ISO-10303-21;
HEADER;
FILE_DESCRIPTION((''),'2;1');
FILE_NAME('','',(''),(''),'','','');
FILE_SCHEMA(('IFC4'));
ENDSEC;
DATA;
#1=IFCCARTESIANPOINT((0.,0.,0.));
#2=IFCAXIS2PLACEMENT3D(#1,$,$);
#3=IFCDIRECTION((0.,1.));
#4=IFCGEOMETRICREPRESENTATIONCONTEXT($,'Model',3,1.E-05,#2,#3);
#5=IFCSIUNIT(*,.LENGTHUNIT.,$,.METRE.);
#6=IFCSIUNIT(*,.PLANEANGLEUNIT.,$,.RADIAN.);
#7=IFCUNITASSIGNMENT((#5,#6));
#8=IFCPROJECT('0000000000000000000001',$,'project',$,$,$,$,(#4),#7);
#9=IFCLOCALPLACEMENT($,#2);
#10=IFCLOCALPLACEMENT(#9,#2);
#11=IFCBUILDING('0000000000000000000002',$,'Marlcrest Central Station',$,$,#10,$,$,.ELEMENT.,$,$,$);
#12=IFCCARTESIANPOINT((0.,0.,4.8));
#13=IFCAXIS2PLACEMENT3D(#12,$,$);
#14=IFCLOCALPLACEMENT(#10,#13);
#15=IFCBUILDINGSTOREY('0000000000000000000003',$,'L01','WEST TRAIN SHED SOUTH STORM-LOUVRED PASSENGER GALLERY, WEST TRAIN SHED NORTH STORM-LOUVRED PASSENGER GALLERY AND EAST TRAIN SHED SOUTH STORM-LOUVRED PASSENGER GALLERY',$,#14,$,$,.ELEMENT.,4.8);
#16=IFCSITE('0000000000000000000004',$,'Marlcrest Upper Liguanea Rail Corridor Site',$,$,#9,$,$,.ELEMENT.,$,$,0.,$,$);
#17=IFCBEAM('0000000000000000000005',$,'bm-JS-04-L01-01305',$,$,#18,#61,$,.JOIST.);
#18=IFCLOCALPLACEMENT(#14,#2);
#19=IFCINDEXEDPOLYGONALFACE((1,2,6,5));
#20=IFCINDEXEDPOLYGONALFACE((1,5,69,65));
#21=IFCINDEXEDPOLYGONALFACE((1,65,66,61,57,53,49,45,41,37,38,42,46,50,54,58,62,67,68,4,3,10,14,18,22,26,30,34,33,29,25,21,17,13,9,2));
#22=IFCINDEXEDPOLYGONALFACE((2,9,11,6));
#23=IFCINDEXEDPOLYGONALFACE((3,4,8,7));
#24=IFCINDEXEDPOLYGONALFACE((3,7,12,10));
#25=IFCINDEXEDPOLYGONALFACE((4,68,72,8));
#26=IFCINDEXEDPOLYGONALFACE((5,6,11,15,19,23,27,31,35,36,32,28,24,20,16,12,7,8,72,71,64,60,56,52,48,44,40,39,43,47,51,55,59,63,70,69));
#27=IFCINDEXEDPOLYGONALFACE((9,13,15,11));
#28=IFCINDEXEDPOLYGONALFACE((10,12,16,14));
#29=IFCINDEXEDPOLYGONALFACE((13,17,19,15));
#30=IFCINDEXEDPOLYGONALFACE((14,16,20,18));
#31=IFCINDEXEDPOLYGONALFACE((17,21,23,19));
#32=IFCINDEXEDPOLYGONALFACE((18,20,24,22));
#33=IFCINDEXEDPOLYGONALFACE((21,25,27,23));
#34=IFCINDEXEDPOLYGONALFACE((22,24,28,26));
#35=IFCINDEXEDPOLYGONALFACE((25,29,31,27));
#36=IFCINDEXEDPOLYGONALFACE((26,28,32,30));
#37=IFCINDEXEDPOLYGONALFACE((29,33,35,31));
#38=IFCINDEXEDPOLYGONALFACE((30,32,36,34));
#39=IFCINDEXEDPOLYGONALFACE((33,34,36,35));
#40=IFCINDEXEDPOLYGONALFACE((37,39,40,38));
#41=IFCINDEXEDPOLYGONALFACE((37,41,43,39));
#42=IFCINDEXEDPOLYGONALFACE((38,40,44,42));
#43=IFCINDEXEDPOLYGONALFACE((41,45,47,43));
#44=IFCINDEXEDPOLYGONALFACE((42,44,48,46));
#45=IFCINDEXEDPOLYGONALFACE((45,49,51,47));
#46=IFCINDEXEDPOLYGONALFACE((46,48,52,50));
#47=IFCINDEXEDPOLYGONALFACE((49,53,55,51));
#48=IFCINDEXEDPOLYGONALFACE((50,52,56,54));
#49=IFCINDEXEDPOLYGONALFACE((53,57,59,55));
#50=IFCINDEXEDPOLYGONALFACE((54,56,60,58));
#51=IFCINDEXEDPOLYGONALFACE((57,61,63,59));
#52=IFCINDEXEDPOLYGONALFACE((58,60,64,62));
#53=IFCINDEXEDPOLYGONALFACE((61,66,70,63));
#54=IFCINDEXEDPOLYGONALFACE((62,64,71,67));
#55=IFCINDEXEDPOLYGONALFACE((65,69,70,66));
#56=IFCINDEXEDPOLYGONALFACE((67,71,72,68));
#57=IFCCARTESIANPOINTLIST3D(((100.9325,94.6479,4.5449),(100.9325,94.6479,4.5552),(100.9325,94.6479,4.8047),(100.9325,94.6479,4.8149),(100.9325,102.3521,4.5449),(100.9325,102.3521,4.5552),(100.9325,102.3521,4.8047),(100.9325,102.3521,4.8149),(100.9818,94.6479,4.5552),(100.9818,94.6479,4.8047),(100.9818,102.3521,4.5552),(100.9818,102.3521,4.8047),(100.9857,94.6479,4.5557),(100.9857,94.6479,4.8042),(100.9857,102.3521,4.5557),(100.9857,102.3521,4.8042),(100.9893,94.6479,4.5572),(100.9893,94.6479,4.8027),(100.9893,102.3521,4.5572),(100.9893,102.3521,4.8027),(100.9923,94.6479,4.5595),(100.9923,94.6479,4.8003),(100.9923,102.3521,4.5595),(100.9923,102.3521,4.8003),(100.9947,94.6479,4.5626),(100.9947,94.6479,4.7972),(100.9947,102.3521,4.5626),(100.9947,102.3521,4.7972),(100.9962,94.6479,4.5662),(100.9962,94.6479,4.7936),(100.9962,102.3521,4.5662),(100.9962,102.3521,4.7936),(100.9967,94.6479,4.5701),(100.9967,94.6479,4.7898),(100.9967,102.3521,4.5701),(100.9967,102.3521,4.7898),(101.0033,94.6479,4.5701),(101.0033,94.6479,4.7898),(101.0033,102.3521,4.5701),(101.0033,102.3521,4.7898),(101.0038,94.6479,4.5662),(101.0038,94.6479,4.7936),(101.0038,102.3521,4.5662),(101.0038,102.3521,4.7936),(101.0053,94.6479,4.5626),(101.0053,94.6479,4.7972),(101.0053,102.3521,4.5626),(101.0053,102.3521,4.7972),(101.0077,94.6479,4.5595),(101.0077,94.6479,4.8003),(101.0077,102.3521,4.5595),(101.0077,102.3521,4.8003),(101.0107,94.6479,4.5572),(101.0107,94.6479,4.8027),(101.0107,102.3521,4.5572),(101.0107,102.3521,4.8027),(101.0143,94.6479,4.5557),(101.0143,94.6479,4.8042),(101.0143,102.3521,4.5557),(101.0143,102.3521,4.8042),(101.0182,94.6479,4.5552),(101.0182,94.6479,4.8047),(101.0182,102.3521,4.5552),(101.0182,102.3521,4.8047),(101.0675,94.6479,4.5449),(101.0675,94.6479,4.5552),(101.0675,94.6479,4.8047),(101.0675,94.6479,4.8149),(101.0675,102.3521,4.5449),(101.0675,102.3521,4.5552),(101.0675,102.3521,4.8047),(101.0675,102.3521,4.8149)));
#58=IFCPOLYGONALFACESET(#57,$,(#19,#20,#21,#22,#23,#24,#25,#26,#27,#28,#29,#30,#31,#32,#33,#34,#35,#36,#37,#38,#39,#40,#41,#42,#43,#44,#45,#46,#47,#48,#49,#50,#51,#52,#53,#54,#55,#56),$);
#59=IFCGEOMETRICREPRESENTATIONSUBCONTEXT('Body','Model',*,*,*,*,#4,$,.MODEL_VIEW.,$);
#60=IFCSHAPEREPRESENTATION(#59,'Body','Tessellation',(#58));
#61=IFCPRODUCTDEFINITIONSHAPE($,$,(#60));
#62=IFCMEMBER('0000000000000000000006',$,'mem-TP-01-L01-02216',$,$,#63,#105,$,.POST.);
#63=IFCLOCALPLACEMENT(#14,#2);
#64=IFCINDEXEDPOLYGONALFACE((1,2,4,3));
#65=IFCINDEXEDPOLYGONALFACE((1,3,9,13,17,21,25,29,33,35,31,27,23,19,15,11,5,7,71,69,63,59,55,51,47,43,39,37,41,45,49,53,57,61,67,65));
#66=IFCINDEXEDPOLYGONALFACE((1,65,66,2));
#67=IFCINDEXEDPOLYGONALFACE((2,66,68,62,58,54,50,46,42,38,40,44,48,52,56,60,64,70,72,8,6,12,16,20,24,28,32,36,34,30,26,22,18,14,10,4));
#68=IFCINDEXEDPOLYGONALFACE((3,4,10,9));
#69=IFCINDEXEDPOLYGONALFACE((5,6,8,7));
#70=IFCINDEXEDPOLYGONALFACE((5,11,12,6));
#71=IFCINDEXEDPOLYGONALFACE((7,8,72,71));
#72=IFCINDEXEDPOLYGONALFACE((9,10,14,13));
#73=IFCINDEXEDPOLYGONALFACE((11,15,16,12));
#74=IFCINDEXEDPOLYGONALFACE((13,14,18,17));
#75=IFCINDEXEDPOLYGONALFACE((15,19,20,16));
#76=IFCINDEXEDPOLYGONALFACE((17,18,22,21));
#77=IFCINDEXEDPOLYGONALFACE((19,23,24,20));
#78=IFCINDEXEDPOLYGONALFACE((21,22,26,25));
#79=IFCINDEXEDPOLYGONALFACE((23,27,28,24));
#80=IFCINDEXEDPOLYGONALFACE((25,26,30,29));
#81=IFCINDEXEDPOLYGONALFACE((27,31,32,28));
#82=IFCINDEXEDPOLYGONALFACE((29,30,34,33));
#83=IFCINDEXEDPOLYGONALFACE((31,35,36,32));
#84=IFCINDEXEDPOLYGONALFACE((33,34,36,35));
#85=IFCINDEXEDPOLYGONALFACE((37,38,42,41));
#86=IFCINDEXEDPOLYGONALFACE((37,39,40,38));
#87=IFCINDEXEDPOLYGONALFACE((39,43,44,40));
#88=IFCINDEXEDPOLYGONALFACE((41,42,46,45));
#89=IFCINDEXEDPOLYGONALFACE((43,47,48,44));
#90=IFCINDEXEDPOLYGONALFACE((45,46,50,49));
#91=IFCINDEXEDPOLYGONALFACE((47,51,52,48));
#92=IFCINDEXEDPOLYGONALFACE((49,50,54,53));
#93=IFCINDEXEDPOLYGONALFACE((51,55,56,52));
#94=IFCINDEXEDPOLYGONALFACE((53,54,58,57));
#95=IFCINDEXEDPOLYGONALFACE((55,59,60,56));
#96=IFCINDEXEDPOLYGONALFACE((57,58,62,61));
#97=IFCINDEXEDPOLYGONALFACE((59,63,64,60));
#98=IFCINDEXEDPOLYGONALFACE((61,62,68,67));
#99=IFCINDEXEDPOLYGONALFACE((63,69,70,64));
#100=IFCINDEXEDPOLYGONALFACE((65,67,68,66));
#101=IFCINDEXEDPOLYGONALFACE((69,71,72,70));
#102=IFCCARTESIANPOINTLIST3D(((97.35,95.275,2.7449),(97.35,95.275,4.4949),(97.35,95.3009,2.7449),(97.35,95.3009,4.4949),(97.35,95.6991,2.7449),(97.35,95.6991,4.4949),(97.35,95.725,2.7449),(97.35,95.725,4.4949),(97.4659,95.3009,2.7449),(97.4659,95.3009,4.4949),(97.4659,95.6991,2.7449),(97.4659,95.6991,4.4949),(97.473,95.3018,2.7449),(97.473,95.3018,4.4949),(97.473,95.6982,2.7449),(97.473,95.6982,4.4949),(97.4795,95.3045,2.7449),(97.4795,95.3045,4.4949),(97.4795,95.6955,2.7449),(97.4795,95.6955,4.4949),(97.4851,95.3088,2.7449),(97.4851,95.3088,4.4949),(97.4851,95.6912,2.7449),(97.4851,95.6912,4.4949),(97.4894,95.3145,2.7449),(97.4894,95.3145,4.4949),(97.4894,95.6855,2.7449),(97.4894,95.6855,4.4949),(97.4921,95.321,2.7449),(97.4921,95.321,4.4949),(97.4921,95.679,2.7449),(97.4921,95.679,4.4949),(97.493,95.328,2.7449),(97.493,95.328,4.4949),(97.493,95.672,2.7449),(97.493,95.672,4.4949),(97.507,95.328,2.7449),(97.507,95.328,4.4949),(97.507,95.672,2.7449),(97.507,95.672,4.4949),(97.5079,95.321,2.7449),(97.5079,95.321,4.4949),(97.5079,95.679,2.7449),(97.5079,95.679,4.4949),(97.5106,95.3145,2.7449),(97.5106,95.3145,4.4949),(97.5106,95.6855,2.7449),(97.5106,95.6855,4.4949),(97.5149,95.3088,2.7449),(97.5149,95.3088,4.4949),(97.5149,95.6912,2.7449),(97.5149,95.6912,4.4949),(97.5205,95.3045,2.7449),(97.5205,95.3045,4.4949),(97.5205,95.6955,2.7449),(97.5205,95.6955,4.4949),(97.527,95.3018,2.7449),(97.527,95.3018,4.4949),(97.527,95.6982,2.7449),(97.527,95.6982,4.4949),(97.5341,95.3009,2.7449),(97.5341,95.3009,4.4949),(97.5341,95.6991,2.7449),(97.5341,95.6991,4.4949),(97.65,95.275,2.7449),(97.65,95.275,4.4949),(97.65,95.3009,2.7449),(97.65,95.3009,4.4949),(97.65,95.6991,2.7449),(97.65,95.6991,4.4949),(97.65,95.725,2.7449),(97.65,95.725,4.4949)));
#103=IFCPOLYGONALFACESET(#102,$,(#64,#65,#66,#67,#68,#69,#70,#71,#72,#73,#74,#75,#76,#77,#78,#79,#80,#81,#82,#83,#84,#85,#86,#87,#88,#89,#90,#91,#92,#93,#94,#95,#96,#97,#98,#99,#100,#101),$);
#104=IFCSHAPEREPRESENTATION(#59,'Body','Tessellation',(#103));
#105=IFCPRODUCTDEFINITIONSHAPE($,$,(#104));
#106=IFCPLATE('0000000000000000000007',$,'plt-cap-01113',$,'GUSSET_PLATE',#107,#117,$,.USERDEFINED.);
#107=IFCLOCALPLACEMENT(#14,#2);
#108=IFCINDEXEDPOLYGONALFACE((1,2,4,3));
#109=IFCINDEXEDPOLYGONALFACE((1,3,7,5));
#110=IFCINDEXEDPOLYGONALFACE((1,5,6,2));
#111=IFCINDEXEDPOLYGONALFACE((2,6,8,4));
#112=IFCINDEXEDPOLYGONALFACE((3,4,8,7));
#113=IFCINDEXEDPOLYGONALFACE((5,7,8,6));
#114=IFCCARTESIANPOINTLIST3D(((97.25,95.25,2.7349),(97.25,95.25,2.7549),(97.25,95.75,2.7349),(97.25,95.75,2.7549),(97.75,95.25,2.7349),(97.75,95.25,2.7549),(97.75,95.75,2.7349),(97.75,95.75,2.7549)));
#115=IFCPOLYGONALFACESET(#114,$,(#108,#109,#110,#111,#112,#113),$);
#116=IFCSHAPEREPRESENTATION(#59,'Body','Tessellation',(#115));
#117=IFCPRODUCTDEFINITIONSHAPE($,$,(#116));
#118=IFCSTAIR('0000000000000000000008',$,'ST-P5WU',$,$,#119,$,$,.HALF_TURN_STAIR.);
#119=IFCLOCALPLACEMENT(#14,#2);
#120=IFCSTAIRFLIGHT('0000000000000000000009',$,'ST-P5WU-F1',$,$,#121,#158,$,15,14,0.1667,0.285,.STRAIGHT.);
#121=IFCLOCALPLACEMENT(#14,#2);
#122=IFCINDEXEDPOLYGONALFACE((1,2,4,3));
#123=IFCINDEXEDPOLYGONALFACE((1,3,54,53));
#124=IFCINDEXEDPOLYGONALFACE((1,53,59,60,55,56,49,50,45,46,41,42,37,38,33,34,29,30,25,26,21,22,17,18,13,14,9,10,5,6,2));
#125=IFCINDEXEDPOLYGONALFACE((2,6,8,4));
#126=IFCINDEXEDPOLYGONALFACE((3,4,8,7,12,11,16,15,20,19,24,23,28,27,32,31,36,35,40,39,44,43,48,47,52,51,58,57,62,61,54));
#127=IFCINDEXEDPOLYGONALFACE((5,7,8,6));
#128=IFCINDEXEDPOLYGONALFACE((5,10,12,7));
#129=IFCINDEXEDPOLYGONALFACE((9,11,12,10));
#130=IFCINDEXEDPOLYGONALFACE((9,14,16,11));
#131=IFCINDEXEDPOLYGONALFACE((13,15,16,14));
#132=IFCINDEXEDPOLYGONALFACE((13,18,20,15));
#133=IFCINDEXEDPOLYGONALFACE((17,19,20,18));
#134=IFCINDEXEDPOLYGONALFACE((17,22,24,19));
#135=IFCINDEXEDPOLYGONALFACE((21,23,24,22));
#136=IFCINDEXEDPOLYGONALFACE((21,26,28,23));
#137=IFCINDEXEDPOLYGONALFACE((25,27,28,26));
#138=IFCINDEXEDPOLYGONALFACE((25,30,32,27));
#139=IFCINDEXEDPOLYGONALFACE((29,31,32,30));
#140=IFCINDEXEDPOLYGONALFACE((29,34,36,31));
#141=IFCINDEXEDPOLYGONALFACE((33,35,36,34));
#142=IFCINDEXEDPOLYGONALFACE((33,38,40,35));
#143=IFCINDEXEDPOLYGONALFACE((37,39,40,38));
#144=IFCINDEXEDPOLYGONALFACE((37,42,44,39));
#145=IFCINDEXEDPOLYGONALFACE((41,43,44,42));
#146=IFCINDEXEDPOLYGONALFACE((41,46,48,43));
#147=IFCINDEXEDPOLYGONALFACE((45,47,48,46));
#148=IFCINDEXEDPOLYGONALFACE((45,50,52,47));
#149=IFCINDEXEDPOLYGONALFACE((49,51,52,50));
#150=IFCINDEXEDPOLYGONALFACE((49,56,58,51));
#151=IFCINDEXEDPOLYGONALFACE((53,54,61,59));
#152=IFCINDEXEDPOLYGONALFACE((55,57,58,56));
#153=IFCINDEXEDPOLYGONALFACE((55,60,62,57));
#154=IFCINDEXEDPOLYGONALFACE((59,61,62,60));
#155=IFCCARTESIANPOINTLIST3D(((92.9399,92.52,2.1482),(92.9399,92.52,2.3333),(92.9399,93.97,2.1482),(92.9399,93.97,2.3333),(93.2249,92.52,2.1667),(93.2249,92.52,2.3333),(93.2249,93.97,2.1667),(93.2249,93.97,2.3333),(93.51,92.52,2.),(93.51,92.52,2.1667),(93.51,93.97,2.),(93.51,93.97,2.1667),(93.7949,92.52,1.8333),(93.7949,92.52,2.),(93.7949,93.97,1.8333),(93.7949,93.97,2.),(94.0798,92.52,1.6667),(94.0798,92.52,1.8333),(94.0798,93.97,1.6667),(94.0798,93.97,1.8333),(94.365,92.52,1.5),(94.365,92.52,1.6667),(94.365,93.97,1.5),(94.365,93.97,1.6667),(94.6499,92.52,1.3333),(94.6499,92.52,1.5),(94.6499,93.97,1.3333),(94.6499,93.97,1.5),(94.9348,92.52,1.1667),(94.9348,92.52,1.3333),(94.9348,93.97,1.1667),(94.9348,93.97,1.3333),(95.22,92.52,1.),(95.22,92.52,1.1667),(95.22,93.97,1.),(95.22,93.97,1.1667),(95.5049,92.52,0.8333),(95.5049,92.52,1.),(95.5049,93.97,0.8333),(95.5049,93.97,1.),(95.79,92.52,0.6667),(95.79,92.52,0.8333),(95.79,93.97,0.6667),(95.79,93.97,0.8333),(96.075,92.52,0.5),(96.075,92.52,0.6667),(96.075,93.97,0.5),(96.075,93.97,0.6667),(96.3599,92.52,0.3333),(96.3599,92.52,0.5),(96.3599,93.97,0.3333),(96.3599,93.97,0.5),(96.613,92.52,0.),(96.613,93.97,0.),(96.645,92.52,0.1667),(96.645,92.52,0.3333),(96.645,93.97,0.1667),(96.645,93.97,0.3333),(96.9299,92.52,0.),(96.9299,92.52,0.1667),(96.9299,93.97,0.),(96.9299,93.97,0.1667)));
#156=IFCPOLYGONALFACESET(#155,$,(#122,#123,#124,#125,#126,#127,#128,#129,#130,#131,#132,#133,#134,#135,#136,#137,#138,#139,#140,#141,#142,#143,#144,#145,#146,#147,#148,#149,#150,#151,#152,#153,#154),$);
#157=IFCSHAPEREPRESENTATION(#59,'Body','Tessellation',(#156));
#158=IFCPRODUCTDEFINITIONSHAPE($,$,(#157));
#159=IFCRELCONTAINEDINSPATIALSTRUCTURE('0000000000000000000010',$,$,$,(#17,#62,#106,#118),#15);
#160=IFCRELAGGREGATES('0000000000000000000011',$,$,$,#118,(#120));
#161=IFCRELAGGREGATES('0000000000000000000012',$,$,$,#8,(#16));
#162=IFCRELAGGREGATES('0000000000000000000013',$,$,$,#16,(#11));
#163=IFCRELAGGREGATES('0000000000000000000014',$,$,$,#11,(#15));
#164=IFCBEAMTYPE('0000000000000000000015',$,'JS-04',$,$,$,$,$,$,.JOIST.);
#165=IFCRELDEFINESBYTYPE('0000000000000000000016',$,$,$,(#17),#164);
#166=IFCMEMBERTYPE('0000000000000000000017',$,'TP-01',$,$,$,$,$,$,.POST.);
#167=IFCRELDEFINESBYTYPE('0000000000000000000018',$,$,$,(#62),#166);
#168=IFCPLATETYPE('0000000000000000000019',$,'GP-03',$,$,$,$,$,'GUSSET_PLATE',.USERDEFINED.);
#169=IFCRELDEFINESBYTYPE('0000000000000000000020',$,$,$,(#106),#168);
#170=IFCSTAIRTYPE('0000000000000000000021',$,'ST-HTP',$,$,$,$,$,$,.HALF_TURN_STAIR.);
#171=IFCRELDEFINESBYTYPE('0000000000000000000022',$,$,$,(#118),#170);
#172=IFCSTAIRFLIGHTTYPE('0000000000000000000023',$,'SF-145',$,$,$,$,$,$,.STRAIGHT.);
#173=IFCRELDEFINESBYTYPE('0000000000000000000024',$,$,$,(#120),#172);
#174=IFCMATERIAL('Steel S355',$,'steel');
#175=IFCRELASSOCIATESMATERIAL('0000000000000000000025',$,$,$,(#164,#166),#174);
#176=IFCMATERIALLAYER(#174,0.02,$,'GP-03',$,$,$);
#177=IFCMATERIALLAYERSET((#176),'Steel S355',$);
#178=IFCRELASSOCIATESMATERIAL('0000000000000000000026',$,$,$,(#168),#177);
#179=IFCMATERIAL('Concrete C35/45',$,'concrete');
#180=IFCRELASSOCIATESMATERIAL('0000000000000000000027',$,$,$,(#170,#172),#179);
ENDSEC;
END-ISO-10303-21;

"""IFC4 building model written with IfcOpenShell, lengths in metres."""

from ifc_helpers import new_model, si_unit, direction, frame, origin, origin_2d, place, context, subcontext, project, spatial, polyline, rectangle, i_section, outline, extrude, material, layer, layer_set, material_profile, profile_set, type_object, element, aggregate, save


model = new_model("IFC4")

# Units and contexts
model_context = context("Model", 3, precision=1e-05, world=origin(), true_north=direction((0.0, 1.0)))
body_context = subcontext(model_context, "Body", "Model", "MODEL_VIEW")
ifc_project = project(units=[si_unit("LENGTHUNIT", "METRE"), si_unit("PLANEANGLEUNIT", "RADIAN")], contexts=[model_context])

# Site, building, storey
site_placement = place(None, origin())
site = spatial("IfcSite", under=ifc_project, at=site_placement, Name="Marlcrest Upper Liguanea Rail Corridor Site", CompositionType="ELEMENT", RefElevation=0.0)
building_placement = place(site_placement, origin())
building = spatial("IfcBuilding", under=site, at=building_placement, Name="Marlcrest Central Station", CompositionType="ELEMENT")
storey_placement = place(building_placement, frame((0.0, 0.0, 4.8)))
storey = spatial("IfcBuildingStorey", under=building, at=storey_placement, Name="L01", Description="WEST TRAIN SHED SOUTH STORM-LOUVRED PASSENGER GALLERY, WEST TRAIN SHED NORTH STORM-LOUVRED PASSENGER GALLERY AND EAST TRAIN SHED SOUTH STORM-LOUVRED PASSENGER GALLERY", CompositionType="ELEMENT", Elevation=4.8)

# Shared definitions
ifc_material_1 = material(Name="Steel S355", Category="steel")

# Beam
ifc_material_profile_1 = material_profile(ifc_material_1, i_section(OverallWidth=0.135, OverallDepth=0.27, WebThickness=0.0066, FlangeThickness=0.0103, FilletRadius=0.0149, at=origin_2d()), Name="IPE 270")
ifc_profile_set_1 = profile_set([ifc_material_profile_1], Name="Steel S355")
beam_type_1 = type_object("IfcBeamType", Name="JS-04", PredefinedType="JOIST", material=ifc_profile_set_1)
beam_1_placement = place(storey_placement, frame((101.0, 94.6479, 4.6799), z_axis=(0.0, 1.0, 0.0), x_axis=(-1.0, 0.0, 0.0)))
element("IfcBeam", 1, at=beam_1_placement, inside=storey, type_object=beam_type_1, Name="bm-JS-04-L01-01305", PredefinedType="JOIST", context=body_context, shape_type="SweptSolid", body=[
    extrude(i_section(OverallWidth=0.135, OverallDepth=0.27, WebThickness=0.0066, FlangeThickness=0.0103, FilletRadius=0.0149, at=origin_2d()), origin(), (0.0, 0.0, 1.0), 7.7041),
])

# Member
ifc_material_profile_2 = material_profile(ifc_material_1, i_section(OverallWidth=0.3, OverallDepth=0.45, WebThickness=0.0139, FlangeThickness=0.0259, FilletRadius=0.0271, at=origin_2d()), Name="HEB 450")
ifc_profile_set_2 = profile_set([ifc_material_profile_2], Name="Steel S355")
member_type = type_object("IfcMemberType", Name="TP-01", PredefinedType="POST", material=ifc_profile_set_2)
member_placement = place(storey_placement, frame((97.5, 95.5, 2.7449), z_axis=(0.0, 0.0, 1.0), x_axis=(1.0, 0.0, 0.0)))
element("IfcMember", 2, at=member_placement, inside=storey, type_object=member_type, Name="mem-TP-01-L01-02216", PredefinedType="POST", context=body_context, shape_type="SweptSolid", body=[
    extrude(i_section(OverallWidth=0.3, OverallDepth=0.45, WebThickness=0.0139, FlangeThickness=0.0259, FilletRadius=0.0271, at=origin_2d()), origin(), (0.0, 0.0, 1.0), 1.75),
])

# Plate
ifc_layer = layer(ifc_material_1, 0.02, Name="GP-03")
ifc_layer_set = layer_set([ifc_layer], Name="Steel S355")
plate_type = type_object("IfcPlateType", Name="GP-03", ElementType="GUSSET_PLATE", PredefinedType="USERDEFINED", material=ifc_layer_set)
plate_placement = place(storey_placement, frame((97.5, 95.5, 2.7349), z_axis=(0.0, 0.0, 1.0), x_axis=(1.0, 0.0, 0.0)))
element("IfcPlate", 3, at=plate_placement, inside=storey, type_object=plate_type, Name="plt-cap-01113", ObjectType="GUSSET_PLATE", PredefinedType="USERDEFINED", context=body_context, shape_type="SweptSolid", body=[
    extrude(rectangle(XDim=0.5, YDim=0.5, at=origin_2d()), origin(), (0.0, 0.0, 1.0), 0.02),
])

# Stair, stair flight
ifc_material_2 = material(Name="Concrete C35/45", Category="concrete")
stair_type = type_object("IfcStairType", Name="ST-HTP", PredefinedType="HALF_TURN_STAIR", material=ifc_material_2)
stair_placement = place(storey_placement, origin())
stair = element("IfcStair", 4, at=stair_placement, inside=storey, type_object=stair_type, Name="ST-P5WU", PredefinedType="HALF_TURN_STAIR")
stair_flight_type = type_object("IfcStairFlightType", Name="SF-145", PredefinedType="STRAIGHT", material=ifc_material_2)
stair_flight_1_placement = place(storey_placement, frame((96.9299, 93.2451, 0.0), z_axis=(0.0, 0.0, 1.0), x_axis=(-1.0, 0.0, 0.0)))
stair_flight_1 = element("IfcStairFlight", 5, at=stair_flight_1_placement, type_object=stair_flight_type, Name="ST-P5WU-F1", NumberOfRisers=15, NumberOfTreads=14, PredefinedType="STRAIGHT", RiserHeight=0.1667, TreadLength=0.285, context=body_context, shape_type="SweptSolid", body=[
    extrude(outline(polyline([(0.0, 0.0), (0.0, 0.1667), (0.2849, 0.1667), (0.2849, 0.3333), (0.5701, 0.3333), (0.5701, 0.5), (0.855, 0.5), (0.855, 0.6667), (1.1399, 0.6667), (1.1399, 0.8333), (1.425, 0.8333), (1.425, 1.0), (1.71, 1.0), (1.71, 1.1667), (1.9951, 1.1667), (1.9951, 1.3333), (2.28, 1.3333), (2.28, 1.5), (2.5649, 1.5), (2.5649, 1.6667), (2.8501, 1.6667), (2.8501, 1.8333), (3.135, 1.8333), (3.135, 2.0), (3.4199, 2.0), (3.4199, 2.1667), (3.7051, 2.1667), (3.7051, 2.3333), (3.99, 2.3333), (3.99, 2.5), (3.99, 2.1482), (0.3169, 0.0), (0.0, 0.0)])), frame((0.0, 0.7251, 0.0), z_axis=(0.0, -1.0, 0.0), x_axis=(1.0, 0.0, 0.0)), (0.0, 0.0, 1.0), 1.45),
])
aggregate(stair, [stair_flight_1])

save(model, "model.ifc")
